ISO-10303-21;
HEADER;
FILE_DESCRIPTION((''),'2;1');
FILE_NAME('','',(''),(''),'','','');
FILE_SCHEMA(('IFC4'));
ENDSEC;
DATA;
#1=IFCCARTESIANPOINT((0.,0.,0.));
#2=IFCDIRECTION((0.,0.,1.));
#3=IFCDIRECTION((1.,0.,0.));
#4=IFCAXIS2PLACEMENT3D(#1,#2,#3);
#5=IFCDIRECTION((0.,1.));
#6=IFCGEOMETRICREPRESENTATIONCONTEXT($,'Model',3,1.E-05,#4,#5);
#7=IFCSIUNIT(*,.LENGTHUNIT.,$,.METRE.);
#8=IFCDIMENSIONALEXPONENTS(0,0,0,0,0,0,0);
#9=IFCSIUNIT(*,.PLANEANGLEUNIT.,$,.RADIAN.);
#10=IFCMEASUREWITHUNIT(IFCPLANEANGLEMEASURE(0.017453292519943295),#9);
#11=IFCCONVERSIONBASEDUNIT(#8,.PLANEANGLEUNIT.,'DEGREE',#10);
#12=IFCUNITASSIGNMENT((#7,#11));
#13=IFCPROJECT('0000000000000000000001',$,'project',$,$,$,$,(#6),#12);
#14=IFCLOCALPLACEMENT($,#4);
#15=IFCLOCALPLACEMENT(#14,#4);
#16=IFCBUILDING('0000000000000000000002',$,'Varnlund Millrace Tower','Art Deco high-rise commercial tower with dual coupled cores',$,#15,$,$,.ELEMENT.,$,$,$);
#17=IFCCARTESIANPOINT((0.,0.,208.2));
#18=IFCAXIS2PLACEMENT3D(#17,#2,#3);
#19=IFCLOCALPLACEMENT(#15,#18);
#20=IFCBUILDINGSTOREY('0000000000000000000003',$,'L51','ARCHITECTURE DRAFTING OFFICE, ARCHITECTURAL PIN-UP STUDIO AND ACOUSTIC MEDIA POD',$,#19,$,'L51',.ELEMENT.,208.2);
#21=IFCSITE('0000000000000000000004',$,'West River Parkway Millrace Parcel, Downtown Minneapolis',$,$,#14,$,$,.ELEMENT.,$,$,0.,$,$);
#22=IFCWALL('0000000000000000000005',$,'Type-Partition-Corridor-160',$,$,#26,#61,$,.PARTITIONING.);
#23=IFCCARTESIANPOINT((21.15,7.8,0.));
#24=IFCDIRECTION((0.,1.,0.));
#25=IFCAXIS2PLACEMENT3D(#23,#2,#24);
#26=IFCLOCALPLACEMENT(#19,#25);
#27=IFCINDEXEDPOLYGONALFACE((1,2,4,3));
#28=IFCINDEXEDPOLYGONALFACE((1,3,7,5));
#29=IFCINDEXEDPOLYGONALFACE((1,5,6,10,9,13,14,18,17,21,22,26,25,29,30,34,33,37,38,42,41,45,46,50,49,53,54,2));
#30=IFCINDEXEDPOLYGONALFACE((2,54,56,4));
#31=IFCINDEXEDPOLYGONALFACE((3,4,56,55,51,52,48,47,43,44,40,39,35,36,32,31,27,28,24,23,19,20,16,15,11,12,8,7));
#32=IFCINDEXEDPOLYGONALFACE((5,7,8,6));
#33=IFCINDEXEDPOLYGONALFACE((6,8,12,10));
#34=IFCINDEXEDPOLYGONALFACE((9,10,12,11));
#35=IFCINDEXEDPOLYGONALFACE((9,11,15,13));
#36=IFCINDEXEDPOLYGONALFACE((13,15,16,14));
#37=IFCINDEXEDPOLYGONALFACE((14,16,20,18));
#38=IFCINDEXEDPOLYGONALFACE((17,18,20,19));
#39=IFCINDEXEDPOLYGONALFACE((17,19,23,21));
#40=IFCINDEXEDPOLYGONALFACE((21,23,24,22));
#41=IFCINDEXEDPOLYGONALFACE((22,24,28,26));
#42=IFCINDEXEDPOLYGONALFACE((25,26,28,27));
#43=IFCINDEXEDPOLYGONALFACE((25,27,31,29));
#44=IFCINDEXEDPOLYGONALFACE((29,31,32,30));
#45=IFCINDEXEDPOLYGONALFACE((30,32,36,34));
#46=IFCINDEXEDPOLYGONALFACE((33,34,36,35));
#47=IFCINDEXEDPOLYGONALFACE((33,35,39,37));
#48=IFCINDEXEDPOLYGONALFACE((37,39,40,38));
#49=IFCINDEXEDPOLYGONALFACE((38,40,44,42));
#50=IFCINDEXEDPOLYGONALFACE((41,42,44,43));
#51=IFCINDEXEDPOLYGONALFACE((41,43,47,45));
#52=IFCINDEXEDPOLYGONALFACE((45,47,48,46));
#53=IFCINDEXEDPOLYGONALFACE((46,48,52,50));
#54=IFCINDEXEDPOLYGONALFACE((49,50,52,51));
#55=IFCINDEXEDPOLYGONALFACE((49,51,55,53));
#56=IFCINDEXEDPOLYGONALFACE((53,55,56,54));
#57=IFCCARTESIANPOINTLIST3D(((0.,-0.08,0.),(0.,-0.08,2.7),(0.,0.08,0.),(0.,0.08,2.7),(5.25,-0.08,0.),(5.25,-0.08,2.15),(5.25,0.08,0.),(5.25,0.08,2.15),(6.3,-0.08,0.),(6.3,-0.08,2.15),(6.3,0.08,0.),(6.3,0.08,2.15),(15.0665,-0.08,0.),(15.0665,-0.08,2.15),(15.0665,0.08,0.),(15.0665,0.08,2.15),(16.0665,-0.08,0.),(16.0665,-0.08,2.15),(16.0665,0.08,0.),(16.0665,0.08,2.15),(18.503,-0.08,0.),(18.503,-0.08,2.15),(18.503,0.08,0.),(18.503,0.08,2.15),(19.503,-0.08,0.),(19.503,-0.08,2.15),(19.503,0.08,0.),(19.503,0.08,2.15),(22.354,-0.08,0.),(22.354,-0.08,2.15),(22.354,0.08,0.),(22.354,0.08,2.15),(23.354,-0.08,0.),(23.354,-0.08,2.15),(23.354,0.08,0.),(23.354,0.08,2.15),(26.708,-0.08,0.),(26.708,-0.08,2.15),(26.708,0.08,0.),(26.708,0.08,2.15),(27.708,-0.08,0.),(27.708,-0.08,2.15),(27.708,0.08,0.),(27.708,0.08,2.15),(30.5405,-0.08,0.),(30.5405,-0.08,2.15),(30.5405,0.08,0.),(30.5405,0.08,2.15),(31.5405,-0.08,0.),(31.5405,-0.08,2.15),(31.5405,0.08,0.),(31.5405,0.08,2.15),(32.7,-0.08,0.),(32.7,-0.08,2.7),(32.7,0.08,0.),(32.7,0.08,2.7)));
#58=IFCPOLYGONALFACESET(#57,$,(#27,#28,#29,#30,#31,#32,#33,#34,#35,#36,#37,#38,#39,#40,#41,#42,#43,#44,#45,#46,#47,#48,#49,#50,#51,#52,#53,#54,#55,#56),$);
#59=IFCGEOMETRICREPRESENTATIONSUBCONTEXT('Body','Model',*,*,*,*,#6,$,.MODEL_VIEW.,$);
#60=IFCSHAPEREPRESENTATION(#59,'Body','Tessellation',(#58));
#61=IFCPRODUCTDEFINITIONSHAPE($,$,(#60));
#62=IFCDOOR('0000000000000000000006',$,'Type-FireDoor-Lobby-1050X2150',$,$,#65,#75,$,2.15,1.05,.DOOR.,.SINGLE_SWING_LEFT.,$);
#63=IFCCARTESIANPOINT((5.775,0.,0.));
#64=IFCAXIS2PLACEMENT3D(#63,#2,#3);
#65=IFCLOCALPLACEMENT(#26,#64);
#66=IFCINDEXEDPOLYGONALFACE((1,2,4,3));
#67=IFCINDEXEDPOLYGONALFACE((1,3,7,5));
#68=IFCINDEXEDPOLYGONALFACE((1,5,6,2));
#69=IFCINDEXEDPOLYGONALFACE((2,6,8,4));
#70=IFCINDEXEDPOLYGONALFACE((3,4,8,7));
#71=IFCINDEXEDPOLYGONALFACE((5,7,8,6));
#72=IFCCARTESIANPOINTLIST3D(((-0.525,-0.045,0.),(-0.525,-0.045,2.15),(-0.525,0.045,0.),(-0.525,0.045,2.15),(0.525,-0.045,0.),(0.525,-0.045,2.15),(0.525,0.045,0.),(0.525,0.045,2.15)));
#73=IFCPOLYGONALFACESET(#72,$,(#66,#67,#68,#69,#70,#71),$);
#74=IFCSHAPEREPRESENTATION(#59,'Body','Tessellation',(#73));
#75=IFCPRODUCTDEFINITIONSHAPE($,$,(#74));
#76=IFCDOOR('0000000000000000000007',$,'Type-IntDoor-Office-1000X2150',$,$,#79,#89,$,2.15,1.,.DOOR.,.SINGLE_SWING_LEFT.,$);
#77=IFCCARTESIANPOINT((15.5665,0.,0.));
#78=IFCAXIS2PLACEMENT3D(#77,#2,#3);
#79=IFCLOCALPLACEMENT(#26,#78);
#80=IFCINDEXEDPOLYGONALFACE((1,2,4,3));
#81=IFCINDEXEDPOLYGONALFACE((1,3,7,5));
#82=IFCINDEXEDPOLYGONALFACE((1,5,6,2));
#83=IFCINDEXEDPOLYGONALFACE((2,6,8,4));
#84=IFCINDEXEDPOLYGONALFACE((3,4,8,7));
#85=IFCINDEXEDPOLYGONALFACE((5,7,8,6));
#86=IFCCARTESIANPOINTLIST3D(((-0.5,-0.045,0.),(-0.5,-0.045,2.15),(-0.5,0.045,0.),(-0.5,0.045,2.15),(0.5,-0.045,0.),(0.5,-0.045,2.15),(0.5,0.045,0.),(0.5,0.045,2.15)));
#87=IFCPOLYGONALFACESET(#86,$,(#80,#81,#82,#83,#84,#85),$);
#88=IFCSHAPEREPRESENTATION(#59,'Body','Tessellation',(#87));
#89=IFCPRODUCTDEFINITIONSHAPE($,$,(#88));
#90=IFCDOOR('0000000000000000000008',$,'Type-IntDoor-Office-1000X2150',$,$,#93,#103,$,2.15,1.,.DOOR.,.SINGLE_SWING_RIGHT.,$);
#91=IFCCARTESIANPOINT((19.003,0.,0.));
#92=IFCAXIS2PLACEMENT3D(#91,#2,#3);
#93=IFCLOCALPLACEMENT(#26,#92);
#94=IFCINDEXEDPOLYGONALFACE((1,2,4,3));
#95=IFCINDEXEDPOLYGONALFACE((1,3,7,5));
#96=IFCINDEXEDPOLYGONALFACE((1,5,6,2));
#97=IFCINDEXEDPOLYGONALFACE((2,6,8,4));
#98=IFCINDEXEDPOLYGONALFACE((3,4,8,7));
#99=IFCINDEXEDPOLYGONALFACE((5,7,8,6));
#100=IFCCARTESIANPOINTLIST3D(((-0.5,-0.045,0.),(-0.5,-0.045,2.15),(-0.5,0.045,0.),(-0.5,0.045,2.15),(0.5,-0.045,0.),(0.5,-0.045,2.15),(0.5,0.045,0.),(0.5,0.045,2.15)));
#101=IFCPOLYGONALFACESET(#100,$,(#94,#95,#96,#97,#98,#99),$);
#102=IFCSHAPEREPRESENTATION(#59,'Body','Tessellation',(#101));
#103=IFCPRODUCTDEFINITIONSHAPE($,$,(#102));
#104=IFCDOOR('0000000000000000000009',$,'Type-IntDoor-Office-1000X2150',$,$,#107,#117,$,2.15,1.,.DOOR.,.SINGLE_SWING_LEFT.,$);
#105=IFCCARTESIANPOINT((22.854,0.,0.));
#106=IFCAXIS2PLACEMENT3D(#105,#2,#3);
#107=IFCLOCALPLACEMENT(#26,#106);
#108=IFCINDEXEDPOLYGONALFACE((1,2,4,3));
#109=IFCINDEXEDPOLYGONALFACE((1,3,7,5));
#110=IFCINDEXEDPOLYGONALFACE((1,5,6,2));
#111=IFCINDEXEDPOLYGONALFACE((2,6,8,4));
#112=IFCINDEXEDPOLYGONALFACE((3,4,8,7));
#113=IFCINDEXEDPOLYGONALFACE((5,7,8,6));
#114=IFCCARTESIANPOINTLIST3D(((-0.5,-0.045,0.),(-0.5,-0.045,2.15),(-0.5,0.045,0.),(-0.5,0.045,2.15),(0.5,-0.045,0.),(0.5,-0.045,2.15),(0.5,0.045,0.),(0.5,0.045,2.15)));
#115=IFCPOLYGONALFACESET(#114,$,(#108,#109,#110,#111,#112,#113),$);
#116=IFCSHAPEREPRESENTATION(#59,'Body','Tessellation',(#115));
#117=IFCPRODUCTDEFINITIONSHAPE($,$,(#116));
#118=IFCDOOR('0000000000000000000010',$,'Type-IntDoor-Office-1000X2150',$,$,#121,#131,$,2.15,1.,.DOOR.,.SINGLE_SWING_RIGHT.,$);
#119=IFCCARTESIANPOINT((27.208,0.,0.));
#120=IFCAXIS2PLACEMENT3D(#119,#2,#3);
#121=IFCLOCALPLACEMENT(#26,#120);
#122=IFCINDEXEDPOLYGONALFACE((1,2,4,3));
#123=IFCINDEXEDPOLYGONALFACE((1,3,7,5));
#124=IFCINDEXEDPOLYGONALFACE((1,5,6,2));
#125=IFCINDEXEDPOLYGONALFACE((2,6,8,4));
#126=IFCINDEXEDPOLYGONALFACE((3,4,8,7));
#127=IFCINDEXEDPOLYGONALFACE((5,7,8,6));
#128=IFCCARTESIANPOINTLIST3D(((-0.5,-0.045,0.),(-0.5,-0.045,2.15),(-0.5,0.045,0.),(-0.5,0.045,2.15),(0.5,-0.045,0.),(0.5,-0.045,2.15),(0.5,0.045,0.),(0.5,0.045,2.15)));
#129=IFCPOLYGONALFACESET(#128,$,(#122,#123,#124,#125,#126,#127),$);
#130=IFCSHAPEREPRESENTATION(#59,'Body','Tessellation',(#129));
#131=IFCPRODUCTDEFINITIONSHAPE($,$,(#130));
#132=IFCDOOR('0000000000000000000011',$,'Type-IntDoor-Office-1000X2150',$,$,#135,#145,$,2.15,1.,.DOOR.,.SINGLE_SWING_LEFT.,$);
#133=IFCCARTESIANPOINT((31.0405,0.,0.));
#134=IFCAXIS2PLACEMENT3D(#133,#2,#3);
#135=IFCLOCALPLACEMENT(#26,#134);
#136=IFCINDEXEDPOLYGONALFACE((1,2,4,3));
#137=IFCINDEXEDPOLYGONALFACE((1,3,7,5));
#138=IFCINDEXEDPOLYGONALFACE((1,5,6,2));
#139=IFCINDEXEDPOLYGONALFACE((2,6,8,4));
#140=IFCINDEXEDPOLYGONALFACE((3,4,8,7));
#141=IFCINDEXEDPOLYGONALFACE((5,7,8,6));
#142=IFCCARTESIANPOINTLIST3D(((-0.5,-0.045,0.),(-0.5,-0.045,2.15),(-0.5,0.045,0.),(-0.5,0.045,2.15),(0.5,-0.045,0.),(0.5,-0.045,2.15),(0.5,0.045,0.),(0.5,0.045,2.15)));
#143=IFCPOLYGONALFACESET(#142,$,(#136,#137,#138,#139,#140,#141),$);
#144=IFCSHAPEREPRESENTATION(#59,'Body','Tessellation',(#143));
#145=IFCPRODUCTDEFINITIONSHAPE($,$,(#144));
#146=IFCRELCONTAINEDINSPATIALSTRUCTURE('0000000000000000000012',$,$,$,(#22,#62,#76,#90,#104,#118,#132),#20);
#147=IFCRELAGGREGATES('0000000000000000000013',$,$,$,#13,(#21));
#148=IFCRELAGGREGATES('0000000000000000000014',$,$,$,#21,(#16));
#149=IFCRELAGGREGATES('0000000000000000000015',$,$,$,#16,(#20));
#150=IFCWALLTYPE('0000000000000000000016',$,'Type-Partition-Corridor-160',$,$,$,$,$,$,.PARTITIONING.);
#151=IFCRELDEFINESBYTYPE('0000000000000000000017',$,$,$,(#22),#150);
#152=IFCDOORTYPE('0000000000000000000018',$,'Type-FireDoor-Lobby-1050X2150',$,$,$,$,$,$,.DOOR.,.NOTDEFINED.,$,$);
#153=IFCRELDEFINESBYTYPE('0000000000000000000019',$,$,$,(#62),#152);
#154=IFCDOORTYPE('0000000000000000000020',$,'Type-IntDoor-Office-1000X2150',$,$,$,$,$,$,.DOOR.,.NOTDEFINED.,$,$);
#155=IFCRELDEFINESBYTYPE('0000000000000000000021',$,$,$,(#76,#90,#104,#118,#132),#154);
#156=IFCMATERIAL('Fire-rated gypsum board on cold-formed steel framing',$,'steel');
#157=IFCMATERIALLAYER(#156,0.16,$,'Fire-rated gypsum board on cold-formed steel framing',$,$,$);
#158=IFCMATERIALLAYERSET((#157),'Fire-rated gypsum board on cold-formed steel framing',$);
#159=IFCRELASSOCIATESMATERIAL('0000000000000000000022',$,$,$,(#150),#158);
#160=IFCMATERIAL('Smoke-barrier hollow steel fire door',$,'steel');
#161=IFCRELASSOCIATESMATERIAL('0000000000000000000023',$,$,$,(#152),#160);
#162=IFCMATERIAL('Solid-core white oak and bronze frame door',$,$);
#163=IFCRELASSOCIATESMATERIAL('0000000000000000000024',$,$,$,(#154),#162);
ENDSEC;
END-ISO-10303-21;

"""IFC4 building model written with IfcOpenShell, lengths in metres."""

from ifc_helpers import new_model, entity, si_unit, converted_unit, direction, frame, origin_with_axes, origin_2d_with_axis, place, context, subcontext, project, spatial, polyline, rectangle, outline, extrude, material, layer, layer_set, type_object, element, fill, save


model = new_model("IFC4")

# Units and contexts
model_context = context("Model", 3, precision=1e-05, world=origin_with_axes(), true_north=direction((0.0, 1.0)))
body_context = subcontext(model_context, "Body", "Model", "MODEL_VIEW")
ifc_project = project(units=[si_unit("LENGTHUNIT", "METRE"), converted_unit("PLANEANGLEUNIT", "DEGREE", entity("IfcPlaneAngleMeasure", 0.017453292519943295), si_unit("PLANEANGLEUNIT", "RADIAN"), dimensions=[0, 0, 0, 0, 0, 0, 0])], contexts=[model_context])

# Site, building, storey
site_placement = place(None, origin_with_axes())
site = spatial("IfcSite", under=ifc_project, at=site_placement, Name="West River Parkway Millrace Parcel, Downtown Minneapolis", CompositionType="ELEMENT", RefElevation=0.0)
building_placement = place(site_placement, origin_with_axes())
building = spatial("IfcBuilding", under=site, at=building_placement, Name="Varnlund Millrace Tower", Description="Art Deco high-rise commercial tower with dual coupled cores", CompositionType="ELEMENT")
storey_placement = place(building_placement, frame((0.0, 0.0, 208.2), z_axis=(0.0, 0.0, 1.0), x_axis=(1.0, 0.0, 0.0)))
storey = spatial("IfcBuildingStorey", under=building, at=storey_placement, Name="L51", Description="ARCHITECTURE DRAFTING OFFICE, ARCHITECTURAL PIN-UP STUDIO AND ACOUSTIC MEDIA POD", LongName="L51", CompositionType="ELEMENT", Elevation=208.2)

# Wall, openings, doors
ifc_material_1 = material(Name="Fire-rated gypsum board on cold-formed steel framing", Category="steel")
ifc_layer_1 = layer(ifc_material_1, 0.16, Name="Fire-rated gypsum board on cold-formed steel framing")
ifc_layer_set_1 = layer_set([ifc_layer_1], Name="Fire-rated gypsum board on cold-formed steel framing")
wall_type_1 = type_object("IfcWallType", Name="Type-Partition-Corridor-160", PredefinedType="PARTITIONING", material=ifc_layer_set_1)
wall_1_placement = place(storey_placement, frame((21.15, 7.8, 0.0), z_axis=(0.0, 0.0, 1.0), x_axis=(0.0, 1.0, 0.0)))
wall_1 = element("IfcWall", 1, at=wall_1_placement, inside=storey, type_object=wall_type_1, Name="Type-Partition-Corridor-160", PredefinedType="PARTITIONING", context=body_context, shape_type="SweptSolid", body=[
    extrude(outline(polyline([(0.0, -0.08), (32.7, -0.08), (32.7, 0.08), (0.0, 0.08), (0.0, -0.08)])), origin_with_axes(), (0.0, 0.0, 1.0), 2.7),
])
opening_1_placement = place(wall_1_placement, frame((15.5665, 0.0, 0.0), z_axis=(0.0, 0.0, 1.0), x_axis=(1.0, 0.0, 0.0)))
opening_1 = element("IfcOpeningElement", 2, at=opening_1_placement, cuts=wall_1, PredefinedType="OPENING", context=body_context, shape_type="SweptSolid", body=[
    extrude(rectangle(XDim=1.0, YDim=0.18, at=origin_2d_with_axis()), origin_with_axes(), (0.0, 0.0, 1.0), 2.15),
])
opening_2_placement = place(wall_1_placement, frame((19.003, 0.0, 0.0), z_axis=(0.0, 0.0, 1.0), x_axis=(1.0, 0.0, 0.0)))
opening_2 = element("IfcOpeningElement", 3, at=opening_2_placement, cuts=wall_1, PredefinedType="OPENING", context=body_context, shape_type="SweptSolid", body=[
    extrude(rectangle(XDim=1.0, YDim=0.18, at=origin_2d_with_axis()), origin_with_axes(), (0.0, 0.0, 1.0), 2.15),
])
opening_3_placement = place(wall_1_placement, frame((22.854, 0.0, 0.0), z_axis=(0.0, 0.0, 1.0), x_axis=(1.0, 0.0, 0.0)))
opening_3 = element("IfcOpeningElement", 4, at=opening_3_placement, cuts=wall_1, PredefinedType="OPENING", context=body_context, shape_type="SweptSolid", body=[
    extrude(rectangle(XDim=1.0, YDim=0.18, at=origin_2d_with_axis()), origin_with_axes(), (0.0, 0.0, 1.0), 2.15),
])
opening_4_placement = place(wall_1_placement, frame((27.208, 0.0, 0.0), z_axis=(0.0, 0.0, 1.0), x_axis=(1.0, 0.0, 0.0)))
opening_4 = element("IfcOpeningElement", 5, at=opening_4_placement, cuts=wall_1, PredefinedType="OPENING", context=body_context, shape_type="SweptSolid", body=[
    extrude(rectangle(XDim=1.0, YDim=0.18, at=origin_2d_with_axis()), origin_with_axes(), (0.0, 0.0, 1.0), 2.15),
])
opening_5_placement = place(wall_1_placement, frame((31.0405, 0.0, 0.0), z_axis=(0.0, 0.0, 1.0), x_axis=(1.0, 0.0, 0.0)))
opening_5 = element("IfcOpeningElement", 6, at=opening_5_placement, cuts=wall_1, PredefinedType="OPENING", context=body_context, shape_type="SweptSolid", body=[
    extrude(rectangle(XDim=1.0, YDim=0.18, at=origin_2d_with_axis()), origin_with_axes(), (0.0, 0.0, 1.0), 2.15),
])
opening_6_placement = place(wall_1_placement, frame((5.775, 0.0, 0.0), z_axis=(0.0, 0.0, 1.0), x_axis=(1.0, 0.0, 0.0)))
opening_6 = element("IfcOpeningElement", 7, at=opening_6_placement, cuts=wall_1, PredefinedType="OPENING", context=body_context, shape_type="SweptSolid", body=[
    extrude(rectangle(XDim=1.05, YDim=0.18, at=origin_2d_with_axis()), origin_with_axes(), (0.0, 0.0, 1.0), 2.15),
])
ifc_material_2 = material(Name="Smoke-barrier hollow steel fire door", Category="steel")
door_type_1 = type_object("IfcDoorType", Name="Type-FireDoor-Lobby-1050X2150", OperationType="NOTDEFINED", PredefinedType="DOOR", material=ifc_material_2)
door_1_placement = place(wall_1_placement, frame((5.775, 0.0, 0.0), z_axis=(0.0, 0.0, 1.0), x_axis=(1.0, 0.0, 0.0)))
door_1 = element("IfcDoor", 8, at=door_1_placement, inside=storey, type_object=door_type_1, Name="Type-FireDoor-Lobby-1050X2150", OperationType="SINGLE_SWING_LEFT", OverallHeight=2.15, OverallWidth=1.05, PredefinedType="DOOR", context=body_context, shape_type="SweptSolid", body=[
    extrude(rectangle(XDim=1.05, YDim=0.09, at=origin_2d_with_axis()), origin_with_axes(), (0.0, 0.0, 1.0), 2.15),
])
fill(opening_6, door_1)
ifc_material_3 = material(Name="Solid-core white oak and bronze frame door")
door_type_2 = type_object("IfcDoorType", Name="Type-IntDoor-Office-1000X2150", OperationType="NOTDEFINED", PredefinedType="DOOR", material=ifc_material_3)
door_2_placement = place(wall_1_placement, frame((15.5665, 0.0, 0.0), z_axis=(0.0, 0.0, 1.0), x_axis=(1.0, 0.0, 0.0)))
door_2 = element("IfcDoor", 9, at=door_2_placement, inside=storey, type_object=door_type_2, Name="Type-IntDoor-Office-1000X2150", OperationType="SINGLE_SWING_LEFT", OverallHeight=2.15, OverallWidth=1.0, PredefinedType="DOOR", context=body_context, shape_type="SweptSolid", body=[
    extrude(rectangle(XDim=1.0, YDim=0.09, at=origin_2d_with_axis()), origin_with_axes(), (0.0, 0.0, 1.0), 2.15),
])
fill(opening_1, door_2)
door_3_placement = place(wall_1_placement, frame((19.003, 0.0, 0.0), z_axis=(0.0, 0.0, 1.0), x_axis=(1.0, 0.0, 0.0)))
door_3 = element("IfcDoor", 10, at=door_3_placement, inside=storey, type_object=door_type_2, Name="Type-IntDoor-Office-1000X2150", OperationType="SINGLE_SWING_RIGHT", OverallHeight=2.15, OverallWidth=1.0, PredefinedType="DOOR", context=body_context, shape_type="SweptSolid", body=[
    extrude(rectangle(XDim=1.0, YDim=0.09, at=origin_2d_with_axis()), origin_with_axes(), (0.0, 0.0, 1.0), 2.15),
])
fill(opening_2, door_3)
door_4_placement = place(wall_1_placement, frame((22.854, 0.0, 0.0), z_axis=(0.0, 0.0, 1.0), x_axis=(1.0, 0.0, 0.0)))
door_4 = element("IfcDoor", 11, at=door_4_placement, inside=storey, type_object=door_type_2, Name="Type-IntDoor-Office-1000X2150", OperationType="SINGLE_SWING_LEFT", OverallHeight=2.15, OverallWidth=1.0, PredefinedType="DOOR", context=body_context, shape_type="SweptSolid", body=[
    extrude(rectangle(XDim=1.0, YDim=0.09, at=origin_2d_with_axis()), origin_with_axes(), (0.0, 0.0, 1.0), 2.15),
])
fill(opening_3, door_4)
door_5_placement = place(wall_1_placement, frame((27.208, 0.0, 0.0), z_axis=(0.0, 0.0, 1.0), x_axis=(1.0, 0.0, 0.0)))
door_5 = element("IfcDoor", 12, at=door_5_placement, inside=storey, type_object=door_type_2, Name="Type-IntDoor-Office-1000X2150", OperationType="SINGLE_SWING_RIGHT", OverallHeight=2.15, OverallWidth=1.0, PredefinedType="DOOR", context=body_context, shape_type="SweptSolid", body=[
    extrude(rectangle(XDim=1.0, YDim=0.09, at=origin_2d_with_axis()), origin_with_axes(), (0.0, 0.0, 1.0), 2.15),
])
fill(opening_4, door_5)
door_6_placement = place(wall_1_placement, frame((31.0405, 0.0, 0.0), z_axis=(0.0, 0.0, 1.0), x_axis=(1.0, 0.0, 0.0)))
door_6 = element("IfcDoor", 13, at=door_6_placement, inside=storey, type_object=door_type_2, Name="Type-IntDoor-Office-1000X2150", OperationType="SINGLE_SWING_LEFT", OverallHeight=2.15, OverallWidth=1.0, PredefinedType="DOOR", context=body_context, shape_type="SweptSolid", body=[
    extrude(rectangle(XDim=1.0, YDim=0.09, at=origin_2d_with_axis()), origin_with_axes(), (0.0, 0.0, 1.0), 2.15),
])
fill(opening_5, door_6)

save(model, "model.ifc")
